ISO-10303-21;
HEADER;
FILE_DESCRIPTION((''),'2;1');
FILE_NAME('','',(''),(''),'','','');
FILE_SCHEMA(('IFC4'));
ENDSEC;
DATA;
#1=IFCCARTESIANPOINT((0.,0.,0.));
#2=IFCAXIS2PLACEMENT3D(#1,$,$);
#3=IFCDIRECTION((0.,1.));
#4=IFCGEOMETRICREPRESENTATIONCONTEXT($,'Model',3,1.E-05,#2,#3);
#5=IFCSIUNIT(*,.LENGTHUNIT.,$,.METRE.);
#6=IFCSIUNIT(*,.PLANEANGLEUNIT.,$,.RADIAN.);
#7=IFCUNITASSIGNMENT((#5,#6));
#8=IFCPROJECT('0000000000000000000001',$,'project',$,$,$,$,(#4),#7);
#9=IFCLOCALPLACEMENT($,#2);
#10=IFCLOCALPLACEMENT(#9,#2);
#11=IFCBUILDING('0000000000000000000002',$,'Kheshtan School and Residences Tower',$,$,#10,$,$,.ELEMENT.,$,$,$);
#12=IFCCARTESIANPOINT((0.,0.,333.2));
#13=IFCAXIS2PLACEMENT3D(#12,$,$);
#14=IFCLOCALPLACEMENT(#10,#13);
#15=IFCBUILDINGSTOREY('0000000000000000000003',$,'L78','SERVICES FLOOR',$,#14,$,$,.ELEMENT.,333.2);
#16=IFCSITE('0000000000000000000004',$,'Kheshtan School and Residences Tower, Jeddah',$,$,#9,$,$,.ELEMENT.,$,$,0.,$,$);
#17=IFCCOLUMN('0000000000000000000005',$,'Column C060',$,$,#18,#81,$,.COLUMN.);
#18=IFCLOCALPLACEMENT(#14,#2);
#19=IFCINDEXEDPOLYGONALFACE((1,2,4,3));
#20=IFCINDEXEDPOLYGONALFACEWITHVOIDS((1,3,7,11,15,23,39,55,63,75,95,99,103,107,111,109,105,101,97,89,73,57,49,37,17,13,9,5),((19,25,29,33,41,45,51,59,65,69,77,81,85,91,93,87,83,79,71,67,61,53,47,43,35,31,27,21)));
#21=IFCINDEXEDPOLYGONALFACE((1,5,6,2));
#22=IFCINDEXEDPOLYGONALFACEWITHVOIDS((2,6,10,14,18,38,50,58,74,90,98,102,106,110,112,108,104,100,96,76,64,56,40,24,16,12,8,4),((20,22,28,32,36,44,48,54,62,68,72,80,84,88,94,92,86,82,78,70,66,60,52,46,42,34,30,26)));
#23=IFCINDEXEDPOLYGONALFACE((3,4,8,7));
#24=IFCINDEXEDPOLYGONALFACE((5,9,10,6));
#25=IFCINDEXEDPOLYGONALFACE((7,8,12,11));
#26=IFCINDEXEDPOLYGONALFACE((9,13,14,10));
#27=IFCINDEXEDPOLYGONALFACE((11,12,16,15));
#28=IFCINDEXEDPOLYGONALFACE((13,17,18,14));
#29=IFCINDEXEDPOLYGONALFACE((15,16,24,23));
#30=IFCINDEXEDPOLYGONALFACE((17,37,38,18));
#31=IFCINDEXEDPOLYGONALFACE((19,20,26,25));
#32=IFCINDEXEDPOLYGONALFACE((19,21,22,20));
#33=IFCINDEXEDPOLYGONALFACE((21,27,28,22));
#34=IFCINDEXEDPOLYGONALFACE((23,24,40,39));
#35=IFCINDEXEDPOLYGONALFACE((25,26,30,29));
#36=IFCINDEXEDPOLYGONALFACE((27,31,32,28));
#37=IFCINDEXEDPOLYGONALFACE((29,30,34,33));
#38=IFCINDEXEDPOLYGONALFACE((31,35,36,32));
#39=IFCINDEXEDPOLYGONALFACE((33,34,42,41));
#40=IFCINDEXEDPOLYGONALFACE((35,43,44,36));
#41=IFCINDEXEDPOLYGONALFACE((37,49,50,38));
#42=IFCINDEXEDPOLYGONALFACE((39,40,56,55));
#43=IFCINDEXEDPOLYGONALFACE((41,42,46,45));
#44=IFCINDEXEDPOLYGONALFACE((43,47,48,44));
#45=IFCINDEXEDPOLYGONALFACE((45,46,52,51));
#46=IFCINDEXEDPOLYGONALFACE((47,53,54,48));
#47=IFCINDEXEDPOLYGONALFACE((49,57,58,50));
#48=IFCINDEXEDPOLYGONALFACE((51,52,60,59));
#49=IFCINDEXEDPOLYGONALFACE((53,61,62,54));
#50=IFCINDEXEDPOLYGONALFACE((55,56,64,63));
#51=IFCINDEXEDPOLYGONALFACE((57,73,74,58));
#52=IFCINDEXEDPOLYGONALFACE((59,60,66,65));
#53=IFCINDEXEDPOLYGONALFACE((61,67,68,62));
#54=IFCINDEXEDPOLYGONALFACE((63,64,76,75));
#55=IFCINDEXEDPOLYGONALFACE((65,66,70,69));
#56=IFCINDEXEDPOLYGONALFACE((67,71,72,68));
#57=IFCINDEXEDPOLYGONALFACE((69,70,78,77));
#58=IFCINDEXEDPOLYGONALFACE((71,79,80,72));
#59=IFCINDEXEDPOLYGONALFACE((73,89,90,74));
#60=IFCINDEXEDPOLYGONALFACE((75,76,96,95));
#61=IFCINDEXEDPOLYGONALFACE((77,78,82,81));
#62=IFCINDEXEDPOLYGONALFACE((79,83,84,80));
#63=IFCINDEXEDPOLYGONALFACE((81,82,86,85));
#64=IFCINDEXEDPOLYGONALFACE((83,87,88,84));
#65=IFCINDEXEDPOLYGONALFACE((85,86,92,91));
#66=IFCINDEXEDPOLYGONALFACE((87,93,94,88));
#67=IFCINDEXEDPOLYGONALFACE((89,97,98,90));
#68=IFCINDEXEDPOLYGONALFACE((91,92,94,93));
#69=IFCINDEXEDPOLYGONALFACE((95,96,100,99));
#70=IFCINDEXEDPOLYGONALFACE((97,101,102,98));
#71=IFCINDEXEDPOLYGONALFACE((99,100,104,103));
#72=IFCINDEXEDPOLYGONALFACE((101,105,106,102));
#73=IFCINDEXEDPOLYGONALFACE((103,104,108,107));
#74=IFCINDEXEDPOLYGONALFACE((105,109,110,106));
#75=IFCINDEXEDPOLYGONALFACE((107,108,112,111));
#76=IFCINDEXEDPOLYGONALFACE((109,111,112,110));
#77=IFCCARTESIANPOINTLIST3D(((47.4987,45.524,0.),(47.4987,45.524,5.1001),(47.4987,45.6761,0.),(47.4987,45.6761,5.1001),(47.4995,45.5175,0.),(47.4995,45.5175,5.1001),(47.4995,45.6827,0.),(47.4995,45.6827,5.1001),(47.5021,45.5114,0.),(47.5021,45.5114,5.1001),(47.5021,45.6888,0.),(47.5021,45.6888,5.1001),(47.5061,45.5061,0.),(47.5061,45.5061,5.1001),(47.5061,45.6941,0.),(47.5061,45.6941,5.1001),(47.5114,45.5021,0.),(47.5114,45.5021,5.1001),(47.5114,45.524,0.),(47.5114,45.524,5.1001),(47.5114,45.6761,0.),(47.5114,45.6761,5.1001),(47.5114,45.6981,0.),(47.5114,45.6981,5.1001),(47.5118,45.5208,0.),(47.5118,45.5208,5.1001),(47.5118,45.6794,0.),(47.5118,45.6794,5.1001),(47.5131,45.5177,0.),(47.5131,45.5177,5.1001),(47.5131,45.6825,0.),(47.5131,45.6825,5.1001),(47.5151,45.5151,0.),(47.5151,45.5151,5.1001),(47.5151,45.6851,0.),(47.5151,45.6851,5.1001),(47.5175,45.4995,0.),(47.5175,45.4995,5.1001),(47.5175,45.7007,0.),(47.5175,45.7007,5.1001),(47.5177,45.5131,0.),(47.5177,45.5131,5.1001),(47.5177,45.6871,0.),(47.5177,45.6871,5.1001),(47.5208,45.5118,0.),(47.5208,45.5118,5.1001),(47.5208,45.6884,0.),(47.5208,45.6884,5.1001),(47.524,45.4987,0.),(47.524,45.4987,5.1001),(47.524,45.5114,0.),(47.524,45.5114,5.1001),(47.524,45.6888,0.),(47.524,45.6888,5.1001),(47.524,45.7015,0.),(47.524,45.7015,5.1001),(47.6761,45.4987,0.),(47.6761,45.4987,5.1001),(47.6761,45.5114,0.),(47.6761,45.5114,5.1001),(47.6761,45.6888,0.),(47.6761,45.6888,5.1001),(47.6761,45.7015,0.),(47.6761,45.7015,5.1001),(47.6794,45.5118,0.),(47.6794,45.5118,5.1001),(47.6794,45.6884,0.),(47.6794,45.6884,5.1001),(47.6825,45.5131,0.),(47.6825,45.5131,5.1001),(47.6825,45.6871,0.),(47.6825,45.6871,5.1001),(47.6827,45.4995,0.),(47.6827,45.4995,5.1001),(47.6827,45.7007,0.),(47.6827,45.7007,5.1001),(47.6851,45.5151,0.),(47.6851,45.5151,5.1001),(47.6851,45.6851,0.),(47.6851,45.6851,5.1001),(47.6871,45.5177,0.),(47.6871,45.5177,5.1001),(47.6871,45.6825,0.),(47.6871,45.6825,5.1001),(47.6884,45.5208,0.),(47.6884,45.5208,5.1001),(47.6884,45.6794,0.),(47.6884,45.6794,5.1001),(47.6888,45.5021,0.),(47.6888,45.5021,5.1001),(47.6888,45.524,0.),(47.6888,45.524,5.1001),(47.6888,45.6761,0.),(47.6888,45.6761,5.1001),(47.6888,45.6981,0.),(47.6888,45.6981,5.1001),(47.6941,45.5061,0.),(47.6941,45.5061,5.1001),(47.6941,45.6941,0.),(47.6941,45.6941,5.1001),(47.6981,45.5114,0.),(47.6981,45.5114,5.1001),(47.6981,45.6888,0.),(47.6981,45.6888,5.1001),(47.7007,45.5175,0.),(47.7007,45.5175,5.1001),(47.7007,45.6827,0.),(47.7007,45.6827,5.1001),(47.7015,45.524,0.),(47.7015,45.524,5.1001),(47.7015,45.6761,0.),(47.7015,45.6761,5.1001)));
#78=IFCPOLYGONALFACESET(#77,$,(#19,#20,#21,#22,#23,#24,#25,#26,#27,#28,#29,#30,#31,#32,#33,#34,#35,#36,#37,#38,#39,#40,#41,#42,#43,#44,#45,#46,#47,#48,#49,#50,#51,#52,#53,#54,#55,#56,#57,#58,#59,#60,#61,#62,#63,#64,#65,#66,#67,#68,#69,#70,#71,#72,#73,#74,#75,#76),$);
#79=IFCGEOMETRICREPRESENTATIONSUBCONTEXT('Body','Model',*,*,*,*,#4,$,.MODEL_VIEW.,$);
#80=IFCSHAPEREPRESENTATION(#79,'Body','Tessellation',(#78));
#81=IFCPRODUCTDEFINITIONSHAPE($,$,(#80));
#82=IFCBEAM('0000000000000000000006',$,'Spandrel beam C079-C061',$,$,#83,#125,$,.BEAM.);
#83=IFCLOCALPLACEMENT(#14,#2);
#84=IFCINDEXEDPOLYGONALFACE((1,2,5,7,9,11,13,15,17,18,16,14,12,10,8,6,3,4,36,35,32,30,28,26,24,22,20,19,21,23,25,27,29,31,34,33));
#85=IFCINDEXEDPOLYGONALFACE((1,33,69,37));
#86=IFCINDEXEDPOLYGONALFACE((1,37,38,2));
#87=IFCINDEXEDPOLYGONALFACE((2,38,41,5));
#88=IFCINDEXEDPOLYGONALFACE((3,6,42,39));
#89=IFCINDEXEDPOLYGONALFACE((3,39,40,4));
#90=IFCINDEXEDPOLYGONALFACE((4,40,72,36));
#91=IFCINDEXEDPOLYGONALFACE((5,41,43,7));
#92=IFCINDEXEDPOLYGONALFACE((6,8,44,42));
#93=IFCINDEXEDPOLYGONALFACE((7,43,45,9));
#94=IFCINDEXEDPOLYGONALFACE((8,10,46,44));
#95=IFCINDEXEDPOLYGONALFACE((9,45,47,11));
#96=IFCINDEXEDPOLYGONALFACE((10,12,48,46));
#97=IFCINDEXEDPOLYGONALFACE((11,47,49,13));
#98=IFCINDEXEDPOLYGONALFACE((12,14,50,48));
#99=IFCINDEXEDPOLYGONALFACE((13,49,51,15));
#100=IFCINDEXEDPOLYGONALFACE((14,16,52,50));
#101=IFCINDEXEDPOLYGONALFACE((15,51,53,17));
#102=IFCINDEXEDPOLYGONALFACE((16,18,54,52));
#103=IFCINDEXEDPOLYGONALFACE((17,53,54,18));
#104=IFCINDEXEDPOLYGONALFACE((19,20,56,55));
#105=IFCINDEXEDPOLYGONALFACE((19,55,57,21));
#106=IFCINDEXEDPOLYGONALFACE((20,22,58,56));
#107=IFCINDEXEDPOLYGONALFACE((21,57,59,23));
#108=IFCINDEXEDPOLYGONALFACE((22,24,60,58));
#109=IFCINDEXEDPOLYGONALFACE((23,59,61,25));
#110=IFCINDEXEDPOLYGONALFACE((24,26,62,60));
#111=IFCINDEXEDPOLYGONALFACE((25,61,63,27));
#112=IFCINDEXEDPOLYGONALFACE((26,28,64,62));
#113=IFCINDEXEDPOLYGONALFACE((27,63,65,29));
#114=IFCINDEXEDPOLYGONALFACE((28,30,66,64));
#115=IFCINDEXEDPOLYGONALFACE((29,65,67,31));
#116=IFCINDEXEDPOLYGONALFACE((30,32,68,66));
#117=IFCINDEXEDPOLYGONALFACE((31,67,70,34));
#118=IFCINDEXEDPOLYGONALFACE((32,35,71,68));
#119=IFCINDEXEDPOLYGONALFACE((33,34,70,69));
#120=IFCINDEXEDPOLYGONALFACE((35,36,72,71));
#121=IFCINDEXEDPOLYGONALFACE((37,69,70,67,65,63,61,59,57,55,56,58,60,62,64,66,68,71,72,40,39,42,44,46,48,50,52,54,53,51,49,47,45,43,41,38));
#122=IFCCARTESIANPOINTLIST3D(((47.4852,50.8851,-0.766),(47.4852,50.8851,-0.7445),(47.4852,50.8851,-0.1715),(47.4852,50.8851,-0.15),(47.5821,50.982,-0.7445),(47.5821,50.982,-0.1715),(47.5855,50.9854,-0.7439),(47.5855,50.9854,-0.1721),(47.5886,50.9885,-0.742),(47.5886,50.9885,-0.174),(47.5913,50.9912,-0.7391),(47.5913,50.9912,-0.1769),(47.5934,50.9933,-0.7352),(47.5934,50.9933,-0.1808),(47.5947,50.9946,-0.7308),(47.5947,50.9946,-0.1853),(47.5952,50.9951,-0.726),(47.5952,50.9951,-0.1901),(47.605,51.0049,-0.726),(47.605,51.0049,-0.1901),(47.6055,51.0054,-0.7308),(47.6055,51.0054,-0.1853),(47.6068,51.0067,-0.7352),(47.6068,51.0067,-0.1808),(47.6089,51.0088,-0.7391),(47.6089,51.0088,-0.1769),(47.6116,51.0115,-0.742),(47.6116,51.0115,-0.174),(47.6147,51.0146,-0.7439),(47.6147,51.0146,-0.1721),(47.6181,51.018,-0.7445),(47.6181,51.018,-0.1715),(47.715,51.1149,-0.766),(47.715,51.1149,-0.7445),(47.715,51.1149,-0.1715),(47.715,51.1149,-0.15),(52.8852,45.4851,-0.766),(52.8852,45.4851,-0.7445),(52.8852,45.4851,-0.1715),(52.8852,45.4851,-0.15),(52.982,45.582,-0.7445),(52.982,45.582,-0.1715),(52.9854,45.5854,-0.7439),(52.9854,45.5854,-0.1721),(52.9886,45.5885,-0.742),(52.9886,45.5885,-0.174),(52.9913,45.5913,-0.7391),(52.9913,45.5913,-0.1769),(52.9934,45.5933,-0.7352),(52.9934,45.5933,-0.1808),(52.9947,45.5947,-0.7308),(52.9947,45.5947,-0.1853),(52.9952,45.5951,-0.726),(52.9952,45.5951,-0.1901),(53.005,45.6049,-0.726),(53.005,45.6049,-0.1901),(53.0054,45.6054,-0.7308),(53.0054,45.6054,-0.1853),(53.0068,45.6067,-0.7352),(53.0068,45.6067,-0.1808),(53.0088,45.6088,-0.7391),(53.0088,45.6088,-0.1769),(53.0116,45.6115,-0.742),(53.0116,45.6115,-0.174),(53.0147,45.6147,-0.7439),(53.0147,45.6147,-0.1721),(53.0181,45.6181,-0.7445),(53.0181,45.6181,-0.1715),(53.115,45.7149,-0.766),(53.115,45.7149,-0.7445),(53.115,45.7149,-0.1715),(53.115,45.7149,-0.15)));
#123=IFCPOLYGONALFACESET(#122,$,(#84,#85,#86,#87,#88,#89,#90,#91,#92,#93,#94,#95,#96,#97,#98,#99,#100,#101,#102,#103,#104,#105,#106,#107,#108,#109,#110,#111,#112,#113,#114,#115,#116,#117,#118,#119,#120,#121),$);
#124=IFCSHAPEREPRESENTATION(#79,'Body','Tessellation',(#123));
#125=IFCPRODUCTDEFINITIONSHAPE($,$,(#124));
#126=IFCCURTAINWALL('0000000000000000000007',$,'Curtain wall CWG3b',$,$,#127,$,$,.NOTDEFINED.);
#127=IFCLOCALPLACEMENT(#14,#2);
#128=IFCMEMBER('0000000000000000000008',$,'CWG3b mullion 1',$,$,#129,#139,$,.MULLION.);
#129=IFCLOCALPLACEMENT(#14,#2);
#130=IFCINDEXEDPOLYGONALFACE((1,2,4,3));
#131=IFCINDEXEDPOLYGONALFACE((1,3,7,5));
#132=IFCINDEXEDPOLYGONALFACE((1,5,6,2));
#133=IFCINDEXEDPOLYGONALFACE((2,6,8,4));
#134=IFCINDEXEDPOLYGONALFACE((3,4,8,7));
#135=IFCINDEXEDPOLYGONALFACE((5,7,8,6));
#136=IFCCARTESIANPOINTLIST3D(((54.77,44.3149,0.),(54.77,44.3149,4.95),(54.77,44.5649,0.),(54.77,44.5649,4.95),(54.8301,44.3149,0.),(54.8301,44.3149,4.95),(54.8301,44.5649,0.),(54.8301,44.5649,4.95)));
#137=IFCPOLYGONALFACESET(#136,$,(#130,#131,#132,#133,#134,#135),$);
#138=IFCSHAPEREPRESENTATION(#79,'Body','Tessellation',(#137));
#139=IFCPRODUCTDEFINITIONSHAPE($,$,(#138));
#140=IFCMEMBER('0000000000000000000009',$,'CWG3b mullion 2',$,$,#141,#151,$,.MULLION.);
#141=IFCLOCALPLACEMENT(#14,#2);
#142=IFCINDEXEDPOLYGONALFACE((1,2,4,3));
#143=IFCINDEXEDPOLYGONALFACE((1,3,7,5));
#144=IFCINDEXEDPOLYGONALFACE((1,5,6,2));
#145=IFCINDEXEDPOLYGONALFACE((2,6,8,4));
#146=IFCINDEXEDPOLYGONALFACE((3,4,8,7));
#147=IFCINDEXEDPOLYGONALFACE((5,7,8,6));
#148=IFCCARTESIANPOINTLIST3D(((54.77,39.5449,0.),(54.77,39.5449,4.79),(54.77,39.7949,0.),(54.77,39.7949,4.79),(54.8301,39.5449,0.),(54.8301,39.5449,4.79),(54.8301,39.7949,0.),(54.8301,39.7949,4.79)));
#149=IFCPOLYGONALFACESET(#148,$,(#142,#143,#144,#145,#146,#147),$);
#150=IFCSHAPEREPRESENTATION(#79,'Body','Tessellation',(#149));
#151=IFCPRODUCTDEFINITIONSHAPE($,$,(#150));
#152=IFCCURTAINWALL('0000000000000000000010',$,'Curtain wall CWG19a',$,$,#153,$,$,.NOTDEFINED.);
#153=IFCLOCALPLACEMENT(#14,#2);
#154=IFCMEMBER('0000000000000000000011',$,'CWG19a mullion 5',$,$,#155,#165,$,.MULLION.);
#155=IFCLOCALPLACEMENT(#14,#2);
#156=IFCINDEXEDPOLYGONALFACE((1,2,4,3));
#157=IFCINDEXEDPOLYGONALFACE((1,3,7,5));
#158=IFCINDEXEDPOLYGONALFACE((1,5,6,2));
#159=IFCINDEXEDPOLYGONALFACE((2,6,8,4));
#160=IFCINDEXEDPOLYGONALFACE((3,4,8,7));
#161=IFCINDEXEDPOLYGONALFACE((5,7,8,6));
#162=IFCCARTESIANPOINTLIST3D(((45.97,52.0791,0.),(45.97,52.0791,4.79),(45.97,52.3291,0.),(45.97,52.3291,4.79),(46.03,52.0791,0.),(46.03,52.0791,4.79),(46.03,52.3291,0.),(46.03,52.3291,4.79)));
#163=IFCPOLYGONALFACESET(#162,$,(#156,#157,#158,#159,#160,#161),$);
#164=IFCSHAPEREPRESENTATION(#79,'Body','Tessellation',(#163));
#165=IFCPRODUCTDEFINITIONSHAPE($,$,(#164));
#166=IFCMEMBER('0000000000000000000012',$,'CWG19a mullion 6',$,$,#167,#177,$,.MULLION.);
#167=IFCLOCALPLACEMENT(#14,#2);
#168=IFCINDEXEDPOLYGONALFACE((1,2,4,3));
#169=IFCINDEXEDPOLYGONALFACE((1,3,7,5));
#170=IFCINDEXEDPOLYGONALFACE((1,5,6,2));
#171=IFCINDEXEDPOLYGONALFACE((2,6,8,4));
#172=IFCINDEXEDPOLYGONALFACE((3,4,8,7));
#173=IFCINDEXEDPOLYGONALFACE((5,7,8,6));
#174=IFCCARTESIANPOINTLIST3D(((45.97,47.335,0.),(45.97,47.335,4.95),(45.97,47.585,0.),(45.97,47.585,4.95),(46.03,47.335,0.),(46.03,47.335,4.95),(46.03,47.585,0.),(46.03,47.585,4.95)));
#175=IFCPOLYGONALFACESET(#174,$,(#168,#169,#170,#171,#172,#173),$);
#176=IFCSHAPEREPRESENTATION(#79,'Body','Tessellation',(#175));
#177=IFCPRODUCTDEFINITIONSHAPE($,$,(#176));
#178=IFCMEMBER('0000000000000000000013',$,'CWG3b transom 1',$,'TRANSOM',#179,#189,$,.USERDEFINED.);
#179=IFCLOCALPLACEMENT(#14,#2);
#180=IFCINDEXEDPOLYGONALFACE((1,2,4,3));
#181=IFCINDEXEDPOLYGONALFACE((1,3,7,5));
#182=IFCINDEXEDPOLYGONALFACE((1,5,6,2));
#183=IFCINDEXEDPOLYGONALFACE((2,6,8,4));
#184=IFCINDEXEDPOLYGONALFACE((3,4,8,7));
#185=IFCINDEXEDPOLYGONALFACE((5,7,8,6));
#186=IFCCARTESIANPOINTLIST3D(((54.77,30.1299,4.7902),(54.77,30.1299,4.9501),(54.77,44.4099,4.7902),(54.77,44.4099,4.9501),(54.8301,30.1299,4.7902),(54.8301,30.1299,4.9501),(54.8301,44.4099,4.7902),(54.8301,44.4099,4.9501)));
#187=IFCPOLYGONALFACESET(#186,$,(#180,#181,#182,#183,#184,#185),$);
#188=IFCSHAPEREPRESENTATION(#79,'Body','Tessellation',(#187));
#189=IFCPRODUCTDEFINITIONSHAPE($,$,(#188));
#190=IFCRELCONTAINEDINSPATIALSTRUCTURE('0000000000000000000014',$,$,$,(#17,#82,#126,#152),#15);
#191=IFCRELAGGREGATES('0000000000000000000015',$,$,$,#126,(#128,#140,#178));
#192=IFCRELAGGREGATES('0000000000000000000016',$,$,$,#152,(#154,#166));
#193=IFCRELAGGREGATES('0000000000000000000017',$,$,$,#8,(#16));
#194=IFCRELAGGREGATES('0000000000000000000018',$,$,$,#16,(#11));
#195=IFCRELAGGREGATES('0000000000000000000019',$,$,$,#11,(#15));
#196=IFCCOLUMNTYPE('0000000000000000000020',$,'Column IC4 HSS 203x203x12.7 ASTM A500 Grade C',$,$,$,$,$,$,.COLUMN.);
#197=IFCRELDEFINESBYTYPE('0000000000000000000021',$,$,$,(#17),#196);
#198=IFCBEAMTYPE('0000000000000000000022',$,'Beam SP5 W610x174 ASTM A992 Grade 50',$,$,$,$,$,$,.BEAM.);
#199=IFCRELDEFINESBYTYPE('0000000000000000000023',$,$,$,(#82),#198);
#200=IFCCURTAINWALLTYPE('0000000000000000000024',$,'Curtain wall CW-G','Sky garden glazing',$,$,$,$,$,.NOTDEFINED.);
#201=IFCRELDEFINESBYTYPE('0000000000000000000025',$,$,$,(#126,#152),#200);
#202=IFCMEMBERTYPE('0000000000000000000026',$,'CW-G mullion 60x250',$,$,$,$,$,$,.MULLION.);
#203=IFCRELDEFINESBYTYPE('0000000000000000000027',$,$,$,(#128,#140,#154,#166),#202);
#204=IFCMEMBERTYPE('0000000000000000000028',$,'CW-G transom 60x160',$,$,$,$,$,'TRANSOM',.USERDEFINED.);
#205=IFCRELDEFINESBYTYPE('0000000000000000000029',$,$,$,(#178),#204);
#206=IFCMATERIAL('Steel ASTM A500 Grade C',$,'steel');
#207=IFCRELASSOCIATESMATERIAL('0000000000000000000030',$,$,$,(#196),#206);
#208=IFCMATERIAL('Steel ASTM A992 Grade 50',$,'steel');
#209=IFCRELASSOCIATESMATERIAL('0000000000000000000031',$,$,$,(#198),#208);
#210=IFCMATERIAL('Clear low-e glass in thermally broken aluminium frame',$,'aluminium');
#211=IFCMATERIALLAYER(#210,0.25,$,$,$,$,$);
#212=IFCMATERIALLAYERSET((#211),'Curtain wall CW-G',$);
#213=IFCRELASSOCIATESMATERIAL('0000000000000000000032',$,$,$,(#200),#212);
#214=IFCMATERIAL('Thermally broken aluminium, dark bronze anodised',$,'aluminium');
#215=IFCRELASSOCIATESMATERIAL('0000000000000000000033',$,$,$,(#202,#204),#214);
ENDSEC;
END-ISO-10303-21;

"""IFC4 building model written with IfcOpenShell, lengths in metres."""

from ifc_helpers import new_model, si_unit, direction, frame, origin, origin_2d, place, context, subcontext, project, spatial, rectangle, hollow_rectangle, i_section, extrude, material, layer, layer_set, material_profile, profile_set, type_object, element, aggregate, save


model = new_model("IFC4")

# Units and contexts
model_context = context("Model", 3, precision=1e-05, world=origin(), true_north=direction((0.0, 1.0)))
body_context = subcontext(model_context, "Body", "Model", "MODEL_VIEW")
ifc_project = project(units=[si_unit("LENGTHUNIT", "METRE"), si_unit("PLANEANGLEUNIT", "RADIAN")], contexts=[model_context])

# Site, building, storey
site_placement = place(None, origin())
site = spatial("IfcSite", under=ifc_project, at=site_placement, Name="Kheshtan School and Residences Tower, Jeddah", CompositionType="ELEMENT", RefElevation=0.0)
building_placement = place(site_placement, origin())
building = spatial("IfcBuilding", under=site, at=building_placement, Name="Kheshtan School and Residences Tower", CompositionType="ELEMENT")
storey_placement = place(building_placement, frame((0.0, 0.0, 333.2)))
storey = spatial("IfcBuildingStorey", under=building, at=storey_placement, Name="L78", Description="SERVICES FLOOR", CompositionType="ELEMENT", Elevation=333.2)

# Column
ifc_material_1 = material(Name="Steel ASTM A992 Grade 50", Category="steel")
ifc_material_2 = material(Name="Steel ASTM A500 Grade C", Category="steel")
ifc_material_profile_1 = material_profile(ifc_material_2, hollow_rectangle(XDim=0.2029, YDim=0.2029, WallThickness=0.0127, InnerFilletRadius=0.0127, OuterFilletRadius=0.0254, at=origin_2d()), Name="HSS 203x203x12.7")
ifc_profile_set_1 = profile_set([ifc_material_profile_1], Name="Steel ASTM A500 Grade C")
column_type_1 = type_object("IfcColumnType", Name="Column IC4 HSS 203x203x12.7 ASTM A500 Grade C", PredefinedType="COLUMN", material=ifc_profile_set_1)
column_placement = place(storey_placement, frame((47.6001, 45.6001, 0.0), z_axis=(0.0, 0.0, 1.0), x_axis=(1.0, 0.0, 0.0)))
element("IfcColumn", 1, at=column_placement, inside=storey, type_object=column_type_1, Name="Column C060", PredefinedType="COLUMN", context=body_context, shape_type="SweptSolid", body=[
    extrude(hollow_rectangle(XDim=0.2029, YDim=0.2029, WallThickness=0.0127, InnerFilletRadius=0.0127, OuterFilletRadius=0.0254, at=origin_2d()), origin(), (0.0, 0.0, 1.0), 5.1001),
])

# Beam
ifc_material_profile_2 = material_profile(ifc_material_1, i_section(OverallWidth=0.325, OverallDepth=0.616, WebThickness=0.0139, FlangeThickness=0.0215, FilletRadius=0.0186, at=origin_2d()), Name="W610x174")
ifc_profile_set_2 = profile_set([ifc_material_profile_2], Name="Steel ASTM A992 Grade 50")
beam_type_1 = type_object("IfcBeamType", Name="Beam SP5 W610x174 ASTM A992 Grade 50", PredefinedType="BEAM", material=ifc_profile_set_2)
beam_1_placement = place(storey_placement, frame((47.6001, 51.0, -0.458), z_axis=(0.707107, -0.707107, 0.0), x_axis=(0.707107, 0.707107, 0.0)))
element("IfcBeam", 2, at=beam_1_placement, inside=storey, type_object=beam_type_1, Name="Spandrel beam C079-C061", PredefinedType="BEAM", context=body_context, shape_type="SweptSolid", body=[
    extrude(i_section(OverallWidth=0.325, OverallDepth=0.616, WebThickness=0.0139, FlangeThickness=0.0215, FilletRadius=0.0186, at=origin_2d()), origin(), (0.0, 0.0, 1.0), 7.6367),
])

# Curtain walls, members
ifc_material_3 = material(Name="Clear low-e glass in thermally broken aluminium frame", Category="aluminium")
ifc_layer_1 = layer(ifc_material_3, 0.25)
ifc_layer_set_1 = layer_set([ifc_layer_1], Name="Curtain wall CW-G")
curtain_wall_type = type_object("IfcCurtainWallType", Name="Curtain wall CW-G", Description="Sky garden glazing", PredefinedType="NOTDEFINED", material=ifc_layer_set_1)
curtain_wall_1_placement = place(storey_placement, origin())
curtain_wall_1 = element("IfcCurtainWall", 3, at=curtain_wall_1_placement, inside=storey, type_object=curtain_wall_type, Name="Curtain wall CWG3b", PredefinedType="NOTDEFINED")
ifc_material_4 = material(Name="Thermally broken aluminium, dark bronze anodised", Category="aluminium")
ifc_material_profile_3 = material_profile(ifc_material_4, rectangle(XDim=0.0601, YDim=0.25, at=origin_2d()), Name="CW-G mullion 60x250")
ifc_profile_set_3 = profile_set([ifc_material_profile_3], Name="Thermally broken aluminium, dark bronze anodised")
member_type_1 = type_object("IfcMemberType", Name="CW-G mullion 60x250", PredefinedType="MULLION", material=ifc_profile_set_3)
member_1_placement = place(storey_placement, frame((54.8, 44.4399, 0.0), z_axis=(0.0, 0.0, 1.0), x_axis=(1.0, 0.0, 0.0)))
member_1 = element("IfcMember", 4, at=member_1_placement, type_object=member_type_1, Name="CWG3b mullion 1", PredefinedType="MULLION", context=body_context, shape_type="SweptSolid", body=[
    extrude(rectangle(XDim=0.0601, YDim=0.25, at=origin_2d()), origin(), (0.0, 0.0, 1.0), 4.95),
])
member_2_placement = place(storey_placement, frame((54.8, 39.6699, 0.0), z_axis=(0.0, 0.0, 1.0), x_axis=(1.0, 0.0, 0.0)))
member_2 = element("IfcMember", 5, at=member_2_placement, type_object=member_type_1, Name="CWG3b mullion 2", PredefinedType="MULLION", context=body_context, shape_type="SweptSolid", body=[
    extrude(rectangle(XDim=0.0601, YDim=0.25, at=origin_2d()), origin(), (0.0, 0.0, 1.0), 4.79),
])
curtain_wall_2_placement = place(storey_placement, origin())
curtain_wall_2 = element("IfcCurtainWall", 6, at=curtain_wall_2_placement, inside=storey, type_object=curtain_wall_type, Name="Curtain wall CWG19a", PredefinedType="NOTDEFINED")
member_3_placement = place(storey_placement, frame((46.0, 52.2041, 0.0), z_axis=(0.0, 0.0, 1.0), x_axis=(1.0, 0.0, 0.0)))
member_3 = element("IfcMember", 7, at=member_3_placement, type_object=member_type_1, Name="CWG19a mullion 5", PredefinedType="MULLION", context=body_context, shape_type="SweptSolid", body=[
    extrude(rectangle(XDim=0.0601, YDim=0.25, at=origin_2d()), origin(), (0.0, 0.0, 1.0), 4.79),
])
member_4_placement = place(storey_placement, frame((46.0, 47.46, 0.0), z_axis=(0.0, 0.0, 1.0), x_axis=(1.0, 0.0, 0.0)))
member_4 = element("IfcMember", 8, at=member_4_placement, type_object=member_type_1, Name="CWG19a mullion 6", PredefinedType="MULLION", context=body_context, shape_type="SweptSolid", body=[
    extrude(rectangle(XDim=0.0601, YDim=0.25, at=origin_2d()), origin(), (0.0, 0.0, 1.0), 4.95),
])

# Member
ifc_material_profile_4 = material_profile(ifc_material_4, rectangle(XDim=0.0601, YDim=0.1599, at=origin_2d()), Name="CW-G transom 60x160")
ifc_profile_set_4 = profile_set([ifc_material_profile_4], Name="Thermally broken aluminium, dark bronze anodised")
member_type_2 = type_object("IfcMemberType", Name="CW-G transom 60x160", ElementType="TRANSOM", PredefinedType="USERDEFINED", material=ifc_profile_set_4)
member_5_placement = place(storey_placement, frame((54.8, 44.4099, 4.8701), z_axis=(0.0, -1.0, 0.0), x_axis=(1.0, 0.0, 0.0)))
member_5 = element("IfcMember", 9, at=member_5_placement, type_object=member_type_2, Name="CWG3b transom 1", ObjectType="TRANSOM", PredefinedType="USERDEFINED", context=body_context, shape_type="SweptSolid", body=[
    extrude(rectangle(XDim=0.0601, YDim=0.1599, at=origin_2d()), origin(), (0.0, 0.0, 1.0), 14.28),
])

aggregate(curtain_wall_1, [member_1, member_2, member_5])
aggregate(curtain_wall_2, [member_3, member_4])

save(model, "model.ifc")
